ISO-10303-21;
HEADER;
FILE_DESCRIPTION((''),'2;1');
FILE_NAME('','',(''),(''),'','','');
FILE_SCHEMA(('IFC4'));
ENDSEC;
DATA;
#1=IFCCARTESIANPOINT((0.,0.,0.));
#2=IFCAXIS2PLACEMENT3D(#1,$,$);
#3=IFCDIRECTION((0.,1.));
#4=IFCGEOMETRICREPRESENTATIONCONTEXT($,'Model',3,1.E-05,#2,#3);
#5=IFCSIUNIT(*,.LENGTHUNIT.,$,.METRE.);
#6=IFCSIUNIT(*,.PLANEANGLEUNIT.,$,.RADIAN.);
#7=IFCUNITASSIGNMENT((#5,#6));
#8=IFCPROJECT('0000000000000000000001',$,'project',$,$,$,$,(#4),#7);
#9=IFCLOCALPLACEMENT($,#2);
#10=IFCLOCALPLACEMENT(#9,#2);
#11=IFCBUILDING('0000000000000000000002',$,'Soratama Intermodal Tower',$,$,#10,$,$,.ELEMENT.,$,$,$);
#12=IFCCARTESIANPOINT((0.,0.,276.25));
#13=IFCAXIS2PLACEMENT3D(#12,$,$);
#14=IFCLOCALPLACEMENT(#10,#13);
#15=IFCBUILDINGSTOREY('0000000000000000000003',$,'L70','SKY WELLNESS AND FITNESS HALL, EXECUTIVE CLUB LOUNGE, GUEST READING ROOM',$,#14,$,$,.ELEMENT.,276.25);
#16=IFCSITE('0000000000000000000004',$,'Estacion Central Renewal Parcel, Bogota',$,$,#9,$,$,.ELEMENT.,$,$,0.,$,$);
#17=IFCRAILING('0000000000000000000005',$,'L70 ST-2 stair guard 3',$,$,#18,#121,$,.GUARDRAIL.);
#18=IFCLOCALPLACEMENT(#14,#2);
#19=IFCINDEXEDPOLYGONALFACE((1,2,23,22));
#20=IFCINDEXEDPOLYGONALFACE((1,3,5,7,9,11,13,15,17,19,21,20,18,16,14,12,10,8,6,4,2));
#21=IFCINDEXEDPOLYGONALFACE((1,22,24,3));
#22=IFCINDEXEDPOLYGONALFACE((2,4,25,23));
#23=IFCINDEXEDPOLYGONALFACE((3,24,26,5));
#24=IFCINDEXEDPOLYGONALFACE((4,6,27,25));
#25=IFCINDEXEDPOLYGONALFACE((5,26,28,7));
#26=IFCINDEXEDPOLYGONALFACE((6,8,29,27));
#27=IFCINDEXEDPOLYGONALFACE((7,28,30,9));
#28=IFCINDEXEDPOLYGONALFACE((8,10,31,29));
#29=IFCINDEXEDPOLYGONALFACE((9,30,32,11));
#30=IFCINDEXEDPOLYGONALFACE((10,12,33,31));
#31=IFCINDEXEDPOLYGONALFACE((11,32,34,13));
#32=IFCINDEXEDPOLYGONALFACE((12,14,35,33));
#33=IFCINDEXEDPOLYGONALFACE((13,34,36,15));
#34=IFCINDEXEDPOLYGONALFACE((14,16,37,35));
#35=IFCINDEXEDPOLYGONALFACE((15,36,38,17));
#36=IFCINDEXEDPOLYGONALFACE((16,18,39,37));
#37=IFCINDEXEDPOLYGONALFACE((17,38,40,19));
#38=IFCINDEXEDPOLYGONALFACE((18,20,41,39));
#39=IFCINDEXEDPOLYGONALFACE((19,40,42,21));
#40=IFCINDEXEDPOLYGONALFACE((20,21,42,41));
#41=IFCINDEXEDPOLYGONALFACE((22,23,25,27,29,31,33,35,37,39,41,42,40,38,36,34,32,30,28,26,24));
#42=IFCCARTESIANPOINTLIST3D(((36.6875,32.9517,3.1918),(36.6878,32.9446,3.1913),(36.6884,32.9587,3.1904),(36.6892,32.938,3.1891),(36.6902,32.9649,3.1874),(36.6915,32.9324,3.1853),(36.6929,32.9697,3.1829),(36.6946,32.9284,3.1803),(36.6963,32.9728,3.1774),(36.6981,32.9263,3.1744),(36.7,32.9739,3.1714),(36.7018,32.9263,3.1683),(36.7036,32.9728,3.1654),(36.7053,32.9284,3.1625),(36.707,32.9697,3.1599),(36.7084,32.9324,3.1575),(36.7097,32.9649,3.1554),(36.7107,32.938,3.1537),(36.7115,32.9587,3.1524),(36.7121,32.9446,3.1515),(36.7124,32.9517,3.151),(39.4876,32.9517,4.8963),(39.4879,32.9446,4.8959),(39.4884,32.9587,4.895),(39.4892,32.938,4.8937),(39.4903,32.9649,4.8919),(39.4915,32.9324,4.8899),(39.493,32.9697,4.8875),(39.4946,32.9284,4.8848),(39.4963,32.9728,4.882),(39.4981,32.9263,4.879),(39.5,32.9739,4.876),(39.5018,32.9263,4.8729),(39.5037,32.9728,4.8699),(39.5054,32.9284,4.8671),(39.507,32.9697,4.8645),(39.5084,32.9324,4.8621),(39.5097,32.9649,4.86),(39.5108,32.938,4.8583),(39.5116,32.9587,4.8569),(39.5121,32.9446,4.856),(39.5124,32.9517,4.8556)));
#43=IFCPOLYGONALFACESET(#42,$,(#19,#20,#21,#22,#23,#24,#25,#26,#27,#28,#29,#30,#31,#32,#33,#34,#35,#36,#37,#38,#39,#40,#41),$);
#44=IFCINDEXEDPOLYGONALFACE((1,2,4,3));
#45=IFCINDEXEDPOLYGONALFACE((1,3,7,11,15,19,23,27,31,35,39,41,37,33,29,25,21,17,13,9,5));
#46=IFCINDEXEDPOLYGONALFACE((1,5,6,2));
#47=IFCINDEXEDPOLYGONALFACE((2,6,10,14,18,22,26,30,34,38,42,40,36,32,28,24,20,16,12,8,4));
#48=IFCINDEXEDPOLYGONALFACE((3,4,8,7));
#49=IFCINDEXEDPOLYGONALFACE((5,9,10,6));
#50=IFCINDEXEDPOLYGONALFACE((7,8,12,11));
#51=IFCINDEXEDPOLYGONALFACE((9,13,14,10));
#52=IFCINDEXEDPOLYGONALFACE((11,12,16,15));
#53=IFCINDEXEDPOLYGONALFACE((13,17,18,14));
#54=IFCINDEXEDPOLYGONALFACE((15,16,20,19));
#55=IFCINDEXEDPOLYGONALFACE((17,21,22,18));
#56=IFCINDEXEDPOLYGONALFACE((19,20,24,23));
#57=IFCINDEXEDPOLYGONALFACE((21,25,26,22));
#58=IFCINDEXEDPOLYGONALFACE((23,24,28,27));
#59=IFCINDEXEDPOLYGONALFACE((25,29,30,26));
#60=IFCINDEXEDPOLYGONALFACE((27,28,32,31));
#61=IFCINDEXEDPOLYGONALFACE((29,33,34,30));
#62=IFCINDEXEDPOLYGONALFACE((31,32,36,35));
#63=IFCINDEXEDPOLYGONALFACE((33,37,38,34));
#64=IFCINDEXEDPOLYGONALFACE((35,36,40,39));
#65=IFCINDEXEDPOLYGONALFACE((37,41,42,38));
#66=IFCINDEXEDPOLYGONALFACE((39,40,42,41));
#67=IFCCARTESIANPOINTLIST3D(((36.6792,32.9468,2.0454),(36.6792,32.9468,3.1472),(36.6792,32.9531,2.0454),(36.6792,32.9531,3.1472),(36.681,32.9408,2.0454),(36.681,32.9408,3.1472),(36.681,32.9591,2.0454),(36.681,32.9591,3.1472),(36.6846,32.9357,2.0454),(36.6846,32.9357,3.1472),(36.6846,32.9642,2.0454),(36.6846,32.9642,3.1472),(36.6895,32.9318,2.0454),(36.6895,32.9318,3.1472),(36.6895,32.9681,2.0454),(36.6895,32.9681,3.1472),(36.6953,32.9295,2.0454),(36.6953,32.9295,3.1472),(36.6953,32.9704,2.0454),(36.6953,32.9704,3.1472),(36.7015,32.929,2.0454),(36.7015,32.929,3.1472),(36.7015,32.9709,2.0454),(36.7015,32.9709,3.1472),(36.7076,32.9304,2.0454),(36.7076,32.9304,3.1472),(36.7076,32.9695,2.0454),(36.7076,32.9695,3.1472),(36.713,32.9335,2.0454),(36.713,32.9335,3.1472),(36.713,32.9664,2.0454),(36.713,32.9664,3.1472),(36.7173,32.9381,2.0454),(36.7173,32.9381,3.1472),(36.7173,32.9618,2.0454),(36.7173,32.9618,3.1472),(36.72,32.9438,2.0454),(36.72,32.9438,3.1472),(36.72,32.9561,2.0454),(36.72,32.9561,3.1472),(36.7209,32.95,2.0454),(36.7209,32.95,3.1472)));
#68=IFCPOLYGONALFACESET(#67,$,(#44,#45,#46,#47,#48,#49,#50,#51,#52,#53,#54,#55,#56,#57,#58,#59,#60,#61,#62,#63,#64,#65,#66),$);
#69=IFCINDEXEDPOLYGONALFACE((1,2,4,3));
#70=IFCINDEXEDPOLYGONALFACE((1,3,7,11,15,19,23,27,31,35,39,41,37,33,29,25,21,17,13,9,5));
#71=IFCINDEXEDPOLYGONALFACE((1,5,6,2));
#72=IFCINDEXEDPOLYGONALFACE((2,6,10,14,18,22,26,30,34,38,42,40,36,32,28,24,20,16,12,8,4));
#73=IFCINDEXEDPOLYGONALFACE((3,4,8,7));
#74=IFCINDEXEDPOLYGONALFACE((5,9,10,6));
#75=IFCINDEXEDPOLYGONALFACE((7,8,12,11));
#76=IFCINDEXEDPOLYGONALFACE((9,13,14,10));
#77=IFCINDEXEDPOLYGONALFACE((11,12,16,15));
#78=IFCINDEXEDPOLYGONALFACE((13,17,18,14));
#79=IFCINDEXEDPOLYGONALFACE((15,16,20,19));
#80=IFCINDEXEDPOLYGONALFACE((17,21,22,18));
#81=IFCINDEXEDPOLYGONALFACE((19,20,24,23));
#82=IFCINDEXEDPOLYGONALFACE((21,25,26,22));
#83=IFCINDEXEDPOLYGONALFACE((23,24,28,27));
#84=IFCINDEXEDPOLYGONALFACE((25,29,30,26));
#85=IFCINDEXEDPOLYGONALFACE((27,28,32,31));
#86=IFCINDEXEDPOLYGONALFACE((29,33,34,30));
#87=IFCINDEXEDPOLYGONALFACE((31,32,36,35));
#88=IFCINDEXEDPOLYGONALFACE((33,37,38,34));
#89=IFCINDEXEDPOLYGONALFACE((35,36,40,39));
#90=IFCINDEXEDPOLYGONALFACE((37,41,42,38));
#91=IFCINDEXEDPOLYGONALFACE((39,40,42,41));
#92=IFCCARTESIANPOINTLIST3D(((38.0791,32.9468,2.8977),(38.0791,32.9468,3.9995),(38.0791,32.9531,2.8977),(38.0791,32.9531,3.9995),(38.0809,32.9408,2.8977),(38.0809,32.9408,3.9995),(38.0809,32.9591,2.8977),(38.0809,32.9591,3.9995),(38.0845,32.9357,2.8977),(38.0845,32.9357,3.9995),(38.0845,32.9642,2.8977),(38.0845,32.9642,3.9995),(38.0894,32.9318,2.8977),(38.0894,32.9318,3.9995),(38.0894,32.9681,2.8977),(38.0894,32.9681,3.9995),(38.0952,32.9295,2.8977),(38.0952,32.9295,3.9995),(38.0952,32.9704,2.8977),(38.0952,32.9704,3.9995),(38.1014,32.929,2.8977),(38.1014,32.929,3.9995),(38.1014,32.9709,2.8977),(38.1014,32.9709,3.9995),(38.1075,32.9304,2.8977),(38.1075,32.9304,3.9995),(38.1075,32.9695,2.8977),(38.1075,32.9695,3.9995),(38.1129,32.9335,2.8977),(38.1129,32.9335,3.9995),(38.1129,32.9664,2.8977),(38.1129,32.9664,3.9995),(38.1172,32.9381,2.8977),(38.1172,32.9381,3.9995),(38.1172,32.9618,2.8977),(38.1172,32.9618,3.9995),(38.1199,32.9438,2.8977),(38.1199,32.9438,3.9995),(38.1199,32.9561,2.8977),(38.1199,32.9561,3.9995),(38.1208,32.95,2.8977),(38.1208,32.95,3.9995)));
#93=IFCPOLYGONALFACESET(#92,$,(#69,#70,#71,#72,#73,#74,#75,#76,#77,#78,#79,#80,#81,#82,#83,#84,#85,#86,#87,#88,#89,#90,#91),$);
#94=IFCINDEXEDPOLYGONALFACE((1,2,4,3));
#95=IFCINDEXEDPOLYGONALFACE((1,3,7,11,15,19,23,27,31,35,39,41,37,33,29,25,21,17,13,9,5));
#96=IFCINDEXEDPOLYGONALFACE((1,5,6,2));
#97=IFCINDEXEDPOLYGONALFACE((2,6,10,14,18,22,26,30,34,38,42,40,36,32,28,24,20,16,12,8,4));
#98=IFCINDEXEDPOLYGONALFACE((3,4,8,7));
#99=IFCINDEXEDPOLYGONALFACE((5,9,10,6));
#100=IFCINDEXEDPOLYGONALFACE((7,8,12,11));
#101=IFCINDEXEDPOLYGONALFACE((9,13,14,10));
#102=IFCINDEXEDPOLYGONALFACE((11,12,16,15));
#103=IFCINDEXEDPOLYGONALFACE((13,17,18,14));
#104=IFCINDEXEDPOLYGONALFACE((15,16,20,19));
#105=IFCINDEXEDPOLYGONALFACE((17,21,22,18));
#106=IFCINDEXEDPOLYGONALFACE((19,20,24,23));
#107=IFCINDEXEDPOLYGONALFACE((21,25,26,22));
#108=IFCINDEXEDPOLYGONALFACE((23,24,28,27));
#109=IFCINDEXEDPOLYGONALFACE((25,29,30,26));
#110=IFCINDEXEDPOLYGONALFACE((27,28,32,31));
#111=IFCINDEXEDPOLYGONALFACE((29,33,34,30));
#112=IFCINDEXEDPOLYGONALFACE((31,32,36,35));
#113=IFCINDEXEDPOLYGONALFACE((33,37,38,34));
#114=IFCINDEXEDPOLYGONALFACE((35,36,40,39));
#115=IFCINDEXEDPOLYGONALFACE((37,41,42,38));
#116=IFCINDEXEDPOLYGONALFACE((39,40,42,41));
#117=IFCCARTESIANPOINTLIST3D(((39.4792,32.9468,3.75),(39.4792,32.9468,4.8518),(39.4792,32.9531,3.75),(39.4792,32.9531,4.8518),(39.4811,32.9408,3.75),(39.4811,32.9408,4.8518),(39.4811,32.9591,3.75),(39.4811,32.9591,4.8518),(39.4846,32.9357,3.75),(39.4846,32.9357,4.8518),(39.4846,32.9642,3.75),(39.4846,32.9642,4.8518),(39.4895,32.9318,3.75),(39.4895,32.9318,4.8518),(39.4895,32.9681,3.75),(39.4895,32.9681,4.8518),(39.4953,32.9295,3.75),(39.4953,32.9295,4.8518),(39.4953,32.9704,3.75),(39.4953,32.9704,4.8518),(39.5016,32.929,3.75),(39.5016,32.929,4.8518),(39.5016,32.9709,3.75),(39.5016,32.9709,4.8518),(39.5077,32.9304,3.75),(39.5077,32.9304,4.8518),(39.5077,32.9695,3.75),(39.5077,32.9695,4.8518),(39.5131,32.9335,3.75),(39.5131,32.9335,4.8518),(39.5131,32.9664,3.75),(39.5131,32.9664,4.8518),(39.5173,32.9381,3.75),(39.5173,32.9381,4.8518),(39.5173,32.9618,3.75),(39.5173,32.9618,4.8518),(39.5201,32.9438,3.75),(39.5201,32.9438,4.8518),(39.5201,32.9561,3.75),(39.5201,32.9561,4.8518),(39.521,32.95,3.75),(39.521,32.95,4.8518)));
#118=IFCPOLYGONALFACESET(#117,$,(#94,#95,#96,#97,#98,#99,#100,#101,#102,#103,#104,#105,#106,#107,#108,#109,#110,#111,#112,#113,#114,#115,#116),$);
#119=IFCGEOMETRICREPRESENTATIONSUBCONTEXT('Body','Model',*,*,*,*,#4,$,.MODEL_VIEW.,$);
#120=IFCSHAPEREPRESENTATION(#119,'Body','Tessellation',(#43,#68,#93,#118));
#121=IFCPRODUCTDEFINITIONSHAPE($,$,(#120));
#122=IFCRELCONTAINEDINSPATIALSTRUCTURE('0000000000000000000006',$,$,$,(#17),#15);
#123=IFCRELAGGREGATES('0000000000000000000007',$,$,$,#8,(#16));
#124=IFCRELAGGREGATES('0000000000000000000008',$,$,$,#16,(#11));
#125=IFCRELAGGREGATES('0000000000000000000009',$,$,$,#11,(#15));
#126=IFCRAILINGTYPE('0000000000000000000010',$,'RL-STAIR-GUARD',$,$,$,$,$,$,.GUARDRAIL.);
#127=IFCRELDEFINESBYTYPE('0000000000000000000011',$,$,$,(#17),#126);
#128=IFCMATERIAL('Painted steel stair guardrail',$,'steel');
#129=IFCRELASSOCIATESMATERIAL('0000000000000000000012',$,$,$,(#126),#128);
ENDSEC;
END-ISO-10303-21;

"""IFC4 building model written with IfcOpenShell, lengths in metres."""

from ifc_helpers import new_model, si_unit, direction, frame, origin, origin_2d, place, context, subcontext, project, spatial, circle, extrude, material, type_object, element, save


model = new_model("IFC4")

# Units and contexts
model_context = context("Model", 3, precision=1e-05, world=origin(), true_north=direction((0.0, 1.0)))
body_context = subcontext(model_context, "Body", "Model", "MODEL_VIEW")
ifc_project = project(units=[si_unit("LENGTHUNIT", "METRE"), si_unit("PLANEANGLEUNIT", "RADIAN")], contexts=[model_context])

# Site, building, storey
site_placement = place(None, origin())
site = spatial("IfcSite", under=ifc_project, at=site_placement, Name="Estacion Central Renewal Parcel, Bogota", CompositionType="ELEMENT", RefElevation=0.0)
building_placement = place(site_placement, origin())
building = spatial("IfcBuilding", under=site, at=building_placement, Name="Soratama Intermodal Tower", CompositionType="ELEMENT")
storey_placement = place(building_placement, frame((0.0, 0.0, 276.25)))
storey = spatial("IfcBuildingStorey", under=building, at=storey_placement, Name="L70", Description="SKY WELLNESS AND FITNESS HALL, EXECUTIVE CLUB LOUNGE, GUEST READING ROOM", CompositionType="ELEMENT", Elevation=276.25)

# Railing
ifc_material_1 = material(Name="Painted steel stair guardrail", Category="steel")
railing_type_1 = type_object("IfcRailingType", Name="RL-STAIR-GUARD", PredefinedType="GUARDRAIL", material=ifc_material_1)
railing_1_placement = place(storey_placement, frame((36.7, 32.95, 2.0454)))
element("IfcRailing", 1, at=railing_1_placement, inside=storey, type_object=railing_type_1, Name="L70 ST-2 stair guard 3", PredefinedType="GUARDRAIL", context=body_context, shape_type="SweptSolid", body=[
    extrude(circle(Radius=0.0239, at=origin_2d()), frame((0.0, 0.0, 1.126), z_axis=(0.85417, 0.0, 0.519994), x_axis=(0.0, 1.0, 0.0)), (0.0, 0.0, 1.0), 3.2781),
    extrude(circle(Radius=0.021, at=origin_2d()), origin(), (0.0, 0.0, 1.0), 1.1018),
    extrude(circle(Radius=0.021, at=origin_2d()), frame((1.3999, 0.0, 0.8523)), (0.0, 0.0, 1.0), 1.1018),
    extrude(circle(Radius=0.021, at=origin_2d()), frame((2.8, 0.0, 1.7046)), (0.0, 0.0, 1.0), 1.1018),
])

save(model, "model.ifc")
